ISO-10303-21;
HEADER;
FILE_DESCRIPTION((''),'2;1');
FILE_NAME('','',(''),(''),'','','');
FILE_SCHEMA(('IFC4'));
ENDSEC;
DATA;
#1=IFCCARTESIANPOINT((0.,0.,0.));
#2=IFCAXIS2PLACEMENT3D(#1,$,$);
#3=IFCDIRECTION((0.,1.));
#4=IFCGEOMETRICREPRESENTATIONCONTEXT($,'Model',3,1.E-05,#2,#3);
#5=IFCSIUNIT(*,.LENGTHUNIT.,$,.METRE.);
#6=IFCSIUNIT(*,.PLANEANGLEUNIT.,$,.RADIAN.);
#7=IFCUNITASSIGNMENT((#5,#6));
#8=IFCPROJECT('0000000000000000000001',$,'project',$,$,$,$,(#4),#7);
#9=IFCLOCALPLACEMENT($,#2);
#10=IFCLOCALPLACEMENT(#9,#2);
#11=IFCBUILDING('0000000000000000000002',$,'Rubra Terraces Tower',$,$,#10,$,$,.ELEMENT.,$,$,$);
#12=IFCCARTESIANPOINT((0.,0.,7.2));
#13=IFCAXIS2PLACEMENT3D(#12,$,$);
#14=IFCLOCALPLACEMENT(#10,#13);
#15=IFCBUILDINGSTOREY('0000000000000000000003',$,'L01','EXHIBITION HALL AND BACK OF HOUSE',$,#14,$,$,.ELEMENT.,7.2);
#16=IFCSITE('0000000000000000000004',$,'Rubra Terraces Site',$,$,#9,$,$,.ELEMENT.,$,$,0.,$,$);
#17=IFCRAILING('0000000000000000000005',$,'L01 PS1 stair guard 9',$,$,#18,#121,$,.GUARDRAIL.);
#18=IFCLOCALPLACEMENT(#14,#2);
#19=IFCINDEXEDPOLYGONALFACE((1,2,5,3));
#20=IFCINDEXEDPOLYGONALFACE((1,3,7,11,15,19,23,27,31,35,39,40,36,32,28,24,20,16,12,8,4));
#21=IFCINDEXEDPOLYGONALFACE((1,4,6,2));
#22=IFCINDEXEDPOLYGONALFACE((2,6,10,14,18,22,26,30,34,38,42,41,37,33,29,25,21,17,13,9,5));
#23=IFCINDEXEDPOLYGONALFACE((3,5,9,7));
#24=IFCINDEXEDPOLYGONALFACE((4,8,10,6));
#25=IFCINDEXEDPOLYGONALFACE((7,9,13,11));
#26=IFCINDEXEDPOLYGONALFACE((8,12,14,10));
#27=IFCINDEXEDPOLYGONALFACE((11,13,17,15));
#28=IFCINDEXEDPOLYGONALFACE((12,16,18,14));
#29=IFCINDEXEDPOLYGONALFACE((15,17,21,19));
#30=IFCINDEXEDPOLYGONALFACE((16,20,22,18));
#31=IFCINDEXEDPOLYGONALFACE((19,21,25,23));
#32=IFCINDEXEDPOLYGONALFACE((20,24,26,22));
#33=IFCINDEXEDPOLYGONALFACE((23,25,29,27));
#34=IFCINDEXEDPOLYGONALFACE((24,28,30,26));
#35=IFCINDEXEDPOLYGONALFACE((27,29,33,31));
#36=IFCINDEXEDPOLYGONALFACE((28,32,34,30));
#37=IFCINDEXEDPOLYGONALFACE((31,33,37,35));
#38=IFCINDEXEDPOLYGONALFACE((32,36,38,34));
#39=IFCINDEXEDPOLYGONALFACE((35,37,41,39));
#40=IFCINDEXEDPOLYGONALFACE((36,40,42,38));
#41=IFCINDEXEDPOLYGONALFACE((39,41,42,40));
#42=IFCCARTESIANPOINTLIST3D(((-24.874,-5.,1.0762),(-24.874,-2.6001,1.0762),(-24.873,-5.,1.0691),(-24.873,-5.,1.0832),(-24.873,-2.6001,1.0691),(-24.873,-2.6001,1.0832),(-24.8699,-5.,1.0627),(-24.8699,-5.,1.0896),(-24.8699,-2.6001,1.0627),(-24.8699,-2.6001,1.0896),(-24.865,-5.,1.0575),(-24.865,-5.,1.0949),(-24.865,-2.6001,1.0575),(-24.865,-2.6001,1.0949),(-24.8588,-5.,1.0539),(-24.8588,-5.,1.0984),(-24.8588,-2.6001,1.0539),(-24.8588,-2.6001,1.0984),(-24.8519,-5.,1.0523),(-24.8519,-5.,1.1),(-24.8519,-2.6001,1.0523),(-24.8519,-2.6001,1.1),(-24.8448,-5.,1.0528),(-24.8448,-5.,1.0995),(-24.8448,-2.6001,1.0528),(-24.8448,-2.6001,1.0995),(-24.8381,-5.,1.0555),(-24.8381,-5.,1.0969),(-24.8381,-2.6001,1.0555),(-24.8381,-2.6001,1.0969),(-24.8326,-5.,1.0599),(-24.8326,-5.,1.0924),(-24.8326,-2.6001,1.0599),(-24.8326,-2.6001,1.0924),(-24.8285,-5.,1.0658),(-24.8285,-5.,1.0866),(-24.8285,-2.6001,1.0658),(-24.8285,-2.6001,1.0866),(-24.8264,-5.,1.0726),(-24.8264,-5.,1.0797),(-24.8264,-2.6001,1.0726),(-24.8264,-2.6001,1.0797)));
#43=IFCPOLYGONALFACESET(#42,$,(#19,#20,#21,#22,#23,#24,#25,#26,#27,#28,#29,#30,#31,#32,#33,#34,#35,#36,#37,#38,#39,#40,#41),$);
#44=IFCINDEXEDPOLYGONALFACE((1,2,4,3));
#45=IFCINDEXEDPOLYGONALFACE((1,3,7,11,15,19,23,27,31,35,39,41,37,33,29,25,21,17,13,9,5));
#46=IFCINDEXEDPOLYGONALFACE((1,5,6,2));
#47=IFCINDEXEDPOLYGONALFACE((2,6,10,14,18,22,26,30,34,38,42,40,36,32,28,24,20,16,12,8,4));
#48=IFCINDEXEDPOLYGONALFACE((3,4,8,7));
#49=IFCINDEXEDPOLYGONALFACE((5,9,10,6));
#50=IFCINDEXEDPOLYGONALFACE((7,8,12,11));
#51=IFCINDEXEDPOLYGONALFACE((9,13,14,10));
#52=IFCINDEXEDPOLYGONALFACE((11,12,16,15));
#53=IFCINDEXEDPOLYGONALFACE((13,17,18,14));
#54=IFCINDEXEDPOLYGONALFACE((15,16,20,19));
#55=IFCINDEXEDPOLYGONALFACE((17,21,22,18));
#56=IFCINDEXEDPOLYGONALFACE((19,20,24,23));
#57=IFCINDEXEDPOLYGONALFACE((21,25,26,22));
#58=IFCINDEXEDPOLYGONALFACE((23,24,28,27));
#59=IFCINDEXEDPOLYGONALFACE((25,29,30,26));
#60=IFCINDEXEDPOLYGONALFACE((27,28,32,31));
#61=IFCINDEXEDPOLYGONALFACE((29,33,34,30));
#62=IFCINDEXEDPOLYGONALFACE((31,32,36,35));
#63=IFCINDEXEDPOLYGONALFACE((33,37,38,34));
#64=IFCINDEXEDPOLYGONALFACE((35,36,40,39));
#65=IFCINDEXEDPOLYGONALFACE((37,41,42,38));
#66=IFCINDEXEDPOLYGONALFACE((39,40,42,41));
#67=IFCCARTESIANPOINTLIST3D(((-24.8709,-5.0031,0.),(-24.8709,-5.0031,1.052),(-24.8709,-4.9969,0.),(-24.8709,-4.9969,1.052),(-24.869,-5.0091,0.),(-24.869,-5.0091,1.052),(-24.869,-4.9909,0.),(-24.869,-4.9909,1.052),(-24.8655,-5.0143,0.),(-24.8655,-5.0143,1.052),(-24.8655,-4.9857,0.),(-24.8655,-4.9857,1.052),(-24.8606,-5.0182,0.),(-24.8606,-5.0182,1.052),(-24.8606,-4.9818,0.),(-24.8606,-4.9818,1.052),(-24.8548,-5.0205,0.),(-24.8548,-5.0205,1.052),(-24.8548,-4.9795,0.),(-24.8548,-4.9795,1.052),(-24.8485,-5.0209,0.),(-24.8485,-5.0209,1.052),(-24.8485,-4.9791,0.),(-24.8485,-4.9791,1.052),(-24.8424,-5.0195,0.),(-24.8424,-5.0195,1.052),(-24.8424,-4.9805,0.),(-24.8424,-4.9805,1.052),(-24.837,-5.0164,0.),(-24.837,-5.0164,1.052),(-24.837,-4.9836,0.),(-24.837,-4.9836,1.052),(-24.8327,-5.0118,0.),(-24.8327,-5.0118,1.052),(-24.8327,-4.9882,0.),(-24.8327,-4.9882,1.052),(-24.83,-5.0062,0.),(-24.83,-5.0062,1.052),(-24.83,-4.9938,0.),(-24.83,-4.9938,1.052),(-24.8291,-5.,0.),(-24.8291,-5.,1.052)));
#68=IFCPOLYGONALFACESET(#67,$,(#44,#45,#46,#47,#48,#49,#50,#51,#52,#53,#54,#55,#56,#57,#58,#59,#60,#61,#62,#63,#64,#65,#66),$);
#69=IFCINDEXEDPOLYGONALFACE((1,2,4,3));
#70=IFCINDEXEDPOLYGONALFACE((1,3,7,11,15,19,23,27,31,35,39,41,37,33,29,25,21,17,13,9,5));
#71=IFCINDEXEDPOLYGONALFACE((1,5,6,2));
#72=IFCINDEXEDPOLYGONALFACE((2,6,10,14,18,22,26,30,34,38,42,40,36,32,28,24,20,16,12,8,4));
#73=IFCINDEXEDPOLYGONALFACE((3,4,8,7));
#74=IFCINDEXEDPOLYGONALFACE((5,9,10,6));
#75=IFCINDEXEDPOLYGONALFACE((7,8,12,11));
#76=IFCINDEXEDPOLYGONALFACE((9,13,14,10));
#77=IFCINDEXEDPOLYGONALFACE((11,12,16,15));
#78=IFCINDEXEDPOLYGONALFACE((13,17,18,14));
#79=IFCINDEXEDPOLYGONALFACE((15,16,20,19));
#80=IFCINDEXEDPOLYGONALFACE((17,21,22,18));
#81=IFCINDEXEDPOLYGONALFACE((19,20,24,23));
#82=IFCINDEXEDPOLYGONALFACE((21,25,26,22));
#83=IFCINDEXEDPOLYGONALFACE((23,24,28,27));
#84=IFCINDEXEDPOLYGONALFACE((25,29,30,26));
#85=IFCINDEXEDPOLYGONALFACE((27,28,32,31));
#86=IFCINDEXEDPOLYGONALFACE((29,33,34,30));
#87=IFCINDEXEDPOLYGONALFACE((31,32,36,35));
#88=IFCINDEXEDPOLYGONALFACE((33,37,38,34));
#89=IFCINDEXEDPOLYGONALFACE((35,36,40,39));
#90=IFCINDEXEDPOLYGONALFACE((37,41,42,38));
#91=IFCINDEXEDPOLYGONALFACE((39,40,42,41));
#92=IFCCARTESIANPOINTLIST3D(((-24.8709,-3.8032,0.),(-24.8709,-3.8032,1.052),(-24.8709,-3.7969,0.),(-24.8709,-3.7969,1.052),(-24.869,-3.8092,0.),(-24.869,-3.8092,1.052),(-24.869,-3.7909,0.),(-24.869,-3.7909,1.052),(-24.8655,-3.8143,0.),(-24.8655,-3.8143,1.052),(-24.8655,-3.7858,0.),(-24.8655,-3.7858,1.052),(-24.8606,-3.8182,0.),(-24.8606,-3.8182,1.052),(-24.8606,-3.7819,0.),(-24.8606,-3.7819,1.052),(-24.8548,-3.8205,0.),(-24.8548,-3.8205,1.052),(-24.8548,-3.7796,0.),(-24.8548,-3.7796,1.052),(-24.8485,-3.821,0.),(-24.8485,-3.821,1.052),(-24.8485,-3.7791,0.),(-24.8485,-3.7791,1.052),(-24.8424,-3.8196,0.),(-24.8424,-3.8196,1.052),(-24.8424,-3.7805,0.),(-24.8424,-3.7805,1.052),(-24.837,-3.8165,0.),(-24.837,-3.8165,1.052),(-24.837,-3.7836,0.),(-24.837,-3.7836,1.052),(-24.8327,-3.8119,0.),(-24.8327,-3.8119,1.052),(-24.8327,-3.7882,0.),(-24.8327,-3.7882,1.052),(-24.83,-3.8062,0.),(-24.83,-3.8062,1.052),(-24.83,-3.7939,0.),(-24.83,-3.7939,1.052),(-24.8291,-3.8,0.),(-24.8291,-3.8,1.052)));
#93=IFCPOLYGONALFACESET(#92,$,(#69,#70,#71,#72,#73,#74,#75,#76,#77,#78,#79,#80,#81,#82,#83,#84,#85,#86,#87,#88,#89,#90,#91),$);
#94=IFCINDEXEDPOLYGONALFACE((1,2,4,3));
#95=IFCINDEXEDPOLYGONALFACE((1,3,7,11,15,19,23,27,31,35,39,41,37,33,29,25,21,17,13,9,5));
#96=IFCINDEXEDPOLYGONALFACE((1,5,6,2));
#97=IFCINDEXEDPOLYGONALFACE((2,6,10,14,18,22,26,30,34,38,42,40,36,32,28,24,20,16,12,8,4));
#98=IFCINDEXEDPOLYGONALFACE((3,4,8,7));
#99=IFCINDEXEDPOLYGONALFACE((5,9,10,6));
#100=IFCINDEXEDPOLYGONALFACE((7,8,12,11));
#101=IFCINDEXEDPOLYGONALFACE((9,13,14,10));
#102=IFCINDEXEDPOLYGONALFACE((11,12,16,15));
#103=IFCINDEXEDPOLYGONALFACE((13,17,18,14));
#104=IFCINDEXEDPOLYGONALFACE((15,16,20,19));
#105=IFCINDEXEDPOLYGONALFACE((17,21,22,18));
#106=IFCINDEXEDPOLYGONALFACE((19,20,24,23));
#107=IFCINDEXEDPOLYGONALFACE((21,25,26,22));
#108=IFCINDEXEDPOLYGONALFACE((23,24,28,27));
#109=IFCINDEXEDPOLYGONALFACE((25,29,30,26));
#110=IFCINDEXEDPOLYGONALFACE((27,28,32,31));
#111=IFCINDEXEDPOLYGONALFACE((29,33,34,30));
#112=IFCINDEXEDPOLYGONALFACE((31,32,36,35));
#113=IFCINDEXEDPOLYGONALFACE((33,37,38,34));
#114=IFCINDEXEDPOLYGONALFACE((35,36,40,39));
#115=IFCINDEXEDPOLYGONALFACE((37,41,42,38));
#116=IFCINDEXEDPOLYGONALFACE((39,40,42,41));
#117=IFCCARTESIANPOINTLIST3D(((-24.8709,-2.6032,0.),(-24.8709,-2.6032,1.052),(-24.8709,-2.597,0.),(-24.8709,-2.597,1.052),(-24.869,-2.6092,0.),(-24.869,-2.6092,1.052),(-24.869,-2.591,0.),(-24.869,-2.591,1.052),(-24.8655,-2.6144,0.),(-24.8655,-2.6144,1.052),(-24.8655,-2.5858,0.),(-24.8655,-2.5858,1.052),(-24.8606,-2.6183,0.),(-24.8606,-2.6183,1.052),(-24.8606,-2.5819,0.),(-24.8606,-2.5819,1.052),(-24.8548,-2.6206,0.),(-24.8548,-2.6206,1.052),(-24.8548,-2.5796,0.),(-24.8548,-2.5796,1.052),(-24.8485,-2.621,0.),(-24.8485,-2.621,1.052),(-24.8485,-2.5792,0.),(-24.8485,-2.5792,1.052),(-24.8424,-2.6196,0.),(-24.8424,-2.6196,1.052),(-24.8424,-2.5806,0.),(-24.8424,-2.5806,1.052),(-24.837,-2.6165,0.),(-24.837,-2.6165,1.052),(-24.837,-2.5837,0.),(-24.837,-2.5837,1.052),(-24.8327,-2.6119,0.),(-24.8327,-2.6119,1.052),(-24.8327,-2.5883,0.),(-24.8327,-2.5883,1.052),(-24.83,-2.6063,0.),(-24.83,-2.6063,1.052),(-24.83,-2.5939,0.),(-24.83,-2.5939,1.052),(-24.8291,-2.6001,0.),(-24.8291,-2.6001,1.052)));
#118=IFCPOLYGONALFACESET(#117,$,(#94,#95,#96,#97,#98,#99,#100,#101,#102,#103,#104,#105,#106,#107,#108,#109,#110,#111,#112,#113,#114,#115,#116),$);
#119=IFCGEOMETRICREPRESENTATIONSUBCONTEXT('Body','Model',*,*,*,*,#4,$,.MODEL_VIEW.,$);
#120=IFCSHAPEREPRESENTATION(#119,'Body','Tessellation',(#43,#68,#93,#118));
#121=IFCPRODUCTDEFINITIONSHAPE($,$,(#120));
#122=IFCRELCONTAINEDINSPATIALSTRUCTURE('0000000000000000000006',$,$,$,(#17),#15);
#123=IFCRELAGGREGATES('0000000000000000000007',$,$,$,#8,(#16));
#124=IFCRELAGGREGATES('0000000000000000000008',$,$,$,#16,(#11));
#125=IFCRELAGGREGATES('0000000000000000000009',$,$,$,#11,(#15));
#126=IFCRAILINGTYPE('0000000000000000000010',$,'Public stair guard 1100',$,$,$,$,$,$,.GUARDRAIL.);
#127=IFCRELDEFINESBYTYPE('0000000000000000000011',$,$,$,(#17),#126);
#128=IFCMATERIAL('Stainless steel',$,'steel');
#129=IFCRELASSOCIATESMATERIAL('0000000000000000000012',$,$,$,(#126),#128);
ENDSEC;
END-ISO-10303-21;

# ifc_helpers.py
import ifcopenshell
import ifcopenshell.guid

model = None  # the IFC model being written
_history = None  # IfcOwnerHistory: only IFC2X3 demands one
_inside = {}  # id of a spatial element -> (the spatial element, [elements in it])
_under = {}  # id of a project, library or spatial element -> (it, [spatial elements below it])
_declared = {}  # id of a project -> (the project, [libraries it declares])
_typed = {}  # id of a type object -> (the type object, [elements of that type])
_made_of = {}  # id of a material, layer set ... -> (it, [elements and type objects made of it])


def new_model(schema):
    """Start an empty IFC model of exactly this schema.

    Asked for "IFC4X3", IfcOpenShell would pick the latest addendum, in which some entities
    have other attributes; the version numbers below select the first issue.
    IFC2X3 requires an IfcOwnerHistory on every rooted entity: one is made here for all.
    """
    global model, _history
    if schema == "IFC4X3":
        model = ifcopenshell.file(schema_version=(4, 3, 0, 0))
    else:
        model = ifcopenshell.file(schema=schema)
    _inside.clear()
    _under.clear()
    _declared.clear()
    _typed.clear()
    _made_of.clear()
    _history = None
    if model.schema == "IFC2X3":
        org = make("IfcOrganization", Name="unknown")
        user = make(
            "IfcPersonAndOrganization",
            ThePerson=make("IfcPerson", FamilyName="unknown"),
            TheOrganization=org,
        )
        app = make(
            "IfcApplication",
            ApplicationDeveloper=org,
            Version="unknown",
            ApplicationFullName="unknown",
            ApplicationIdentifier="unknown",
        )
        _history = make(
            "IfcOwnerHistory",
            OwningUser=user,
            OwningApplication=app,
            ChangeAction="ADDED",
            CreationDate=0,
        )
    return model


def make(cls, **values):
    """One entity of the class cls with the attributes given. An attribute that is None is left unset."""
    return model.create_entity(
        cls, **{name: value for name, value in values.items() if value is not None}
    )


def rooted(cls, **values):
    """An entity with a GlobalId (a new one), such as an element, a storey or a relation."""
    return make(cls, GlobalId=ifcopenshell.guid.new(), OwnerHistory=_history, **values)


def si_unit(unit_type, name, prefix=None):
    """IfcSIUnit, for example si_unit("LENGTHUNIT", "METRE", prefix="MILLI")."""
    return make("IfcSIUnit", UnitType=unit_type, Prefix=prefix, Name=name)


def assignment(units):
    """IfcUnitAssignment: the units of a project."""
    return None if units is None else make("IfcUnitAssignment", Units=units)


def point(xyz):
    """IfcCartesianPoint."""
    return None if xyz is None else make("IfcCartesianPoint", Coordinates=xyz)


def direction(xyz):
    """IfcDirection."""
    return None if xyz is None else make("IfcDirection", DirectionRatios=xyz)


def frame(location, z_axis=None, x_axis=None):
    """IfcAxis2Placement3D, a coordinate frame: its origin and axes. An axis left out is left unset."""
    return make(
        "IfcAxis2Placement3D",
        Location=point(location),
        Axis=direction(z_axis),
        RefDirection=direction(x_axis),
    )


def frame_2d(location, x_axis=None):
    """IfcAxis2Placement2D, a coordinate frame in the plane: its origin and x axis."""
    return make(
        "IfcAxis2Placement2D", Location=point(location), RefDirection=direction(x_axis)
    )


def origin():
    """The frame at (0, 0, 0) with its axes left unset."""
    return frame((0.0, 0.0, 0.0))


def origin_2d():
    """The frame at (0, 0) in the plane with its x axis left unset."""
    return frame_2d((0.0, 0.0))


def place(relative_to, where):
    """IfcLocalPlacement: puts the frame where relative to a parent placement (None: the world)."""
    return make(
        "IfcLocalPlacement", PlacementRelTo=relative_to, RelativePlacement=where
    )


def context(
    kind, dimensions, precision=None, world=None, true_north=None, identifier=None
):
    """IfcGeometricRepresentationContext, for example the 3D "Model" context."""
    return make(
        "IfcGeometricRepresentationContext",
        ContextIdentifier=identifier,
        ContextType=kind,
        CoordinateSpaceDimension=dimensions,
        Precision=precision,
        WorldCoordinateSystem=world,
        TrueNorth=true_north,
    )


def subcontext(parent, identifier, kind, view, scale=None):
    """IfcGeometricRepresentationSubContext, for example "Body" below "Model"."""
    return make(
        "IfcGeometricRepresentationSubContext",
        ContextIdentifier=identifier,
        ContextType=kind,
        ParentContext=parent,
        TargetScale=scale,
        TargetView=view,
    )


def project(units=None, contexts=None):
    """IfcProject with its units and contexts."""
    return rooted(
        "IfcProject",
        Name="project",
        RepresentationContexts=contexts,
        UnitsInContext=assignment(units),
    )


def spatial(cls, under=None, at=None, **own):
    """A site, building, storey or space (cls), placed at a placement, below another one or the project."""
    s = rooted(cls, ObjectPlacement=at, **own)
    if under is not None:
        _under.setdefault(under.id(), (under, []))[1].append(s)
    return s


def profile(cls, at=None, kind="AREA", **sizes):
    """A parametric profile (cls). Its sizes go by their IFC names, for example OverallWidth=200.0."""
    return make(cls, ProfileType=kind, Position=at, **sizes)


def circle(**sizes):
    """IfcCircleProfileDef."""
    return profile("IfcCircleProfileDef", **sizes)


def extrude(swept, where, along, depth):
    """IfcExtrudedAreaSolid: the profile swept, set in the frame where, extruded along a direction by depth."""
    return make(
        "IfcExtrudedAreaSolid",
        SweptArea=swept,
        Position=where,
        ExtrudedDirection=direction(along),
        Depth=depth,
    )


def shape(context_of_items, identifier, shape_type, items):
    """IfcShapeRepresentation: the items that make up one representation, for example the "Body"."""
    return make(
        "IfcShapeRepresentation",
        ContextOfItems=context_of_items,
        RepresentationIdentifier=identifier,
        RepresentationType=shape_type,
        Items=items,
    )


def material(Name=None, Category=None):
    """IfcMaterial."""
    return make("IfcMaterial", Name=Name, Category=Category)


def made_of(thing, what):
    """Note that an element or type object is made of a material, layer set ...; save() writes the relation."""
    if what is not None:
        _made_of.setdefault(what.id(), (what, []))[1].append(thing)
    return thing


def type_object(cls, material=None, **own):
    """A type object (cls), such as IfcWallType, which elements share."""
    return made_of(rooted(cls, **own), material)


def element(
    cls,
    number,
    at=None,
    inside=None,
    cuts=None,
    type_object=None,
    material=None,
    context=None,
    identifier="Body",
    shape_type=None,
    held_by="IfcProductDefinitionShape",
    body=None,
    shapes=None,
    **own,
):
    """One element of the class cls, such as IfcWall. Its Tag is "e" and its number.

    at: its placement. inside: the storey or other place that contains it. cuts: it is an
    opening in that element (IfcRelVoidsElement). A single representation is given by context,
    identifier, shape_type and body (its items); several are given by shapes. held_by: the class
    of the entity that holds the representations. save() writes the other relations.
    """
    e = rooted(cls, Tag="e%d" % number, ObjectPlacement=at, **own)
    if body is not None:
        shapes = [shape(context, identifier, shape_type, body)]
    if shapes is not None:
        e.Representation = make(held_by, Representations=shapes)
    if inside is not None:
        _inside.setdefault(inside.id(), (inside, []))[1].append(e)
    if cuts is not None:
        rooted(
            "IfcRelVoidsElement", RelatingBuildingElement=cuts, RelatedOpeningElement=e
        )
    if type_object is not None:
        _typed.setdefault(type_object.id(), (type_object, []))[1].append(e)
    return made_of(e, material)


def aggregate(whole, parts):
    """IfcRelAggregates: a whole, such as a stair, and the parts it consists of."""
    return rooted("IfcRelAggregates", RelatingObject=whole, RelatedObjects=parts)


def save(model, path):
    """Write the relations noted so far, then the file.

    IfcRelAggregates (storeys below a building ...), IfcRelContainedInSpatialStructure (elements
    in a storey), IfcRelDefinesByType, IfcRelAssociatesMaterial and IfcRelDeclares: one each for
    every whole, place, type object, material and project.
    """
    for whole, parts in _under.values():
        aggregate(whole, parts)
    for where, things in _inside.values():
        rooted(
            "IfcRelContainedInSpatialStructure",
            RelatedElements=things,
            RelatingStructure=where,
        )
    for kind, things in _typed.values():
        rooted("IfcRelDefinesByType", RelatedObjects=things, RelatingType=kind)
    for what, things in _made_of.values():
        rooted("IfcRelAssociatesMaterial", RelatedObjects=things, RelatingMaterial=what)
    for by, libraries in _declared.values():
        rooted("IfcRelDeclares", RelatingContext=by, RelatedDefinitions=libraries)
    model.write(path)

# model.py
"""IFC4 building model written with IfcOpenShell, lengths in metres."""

from ifc_helpers import new_model, si_unit, direction, frame, origin, origin_2d, place, context, subcontext, project, spatial, circle, extrude, material, type_object, element, save


model = new_model("IFC4")

# Units and contexts
model_context = context("Model", 3, precision=1e-05, world=origin(), true_north=direction((0.0, 1.0)))
body_context = subcontext(model_context, "Body", "Model", "MODEL_VIEW")
ifc_project = project(units=[si_unit("LENGTHUNIT", "METRE"), si_unit("PLANEANGLEUNIT", "RADIAN")], contexts=[model_context])

# Site, building, storey
site_placement = place(None, origin())
site = spatial("IfcSite", under=ifc_project, at=site_placement, Name="Rubra Terraces Site", CompositionType="ELEMENT", RefElevation=0.0)
building_placement = place(site_placement, origin())
building = spatial("IfcBuilding", under=site, at=building_placement, Name="Rubra Terraces Tower", CompositionType="ELEMENT")
storey_placement = place(building_placement, frame((0.0, 0.0, 7.2)))
storey = spatial("IfcBuildingStorey", under=building, at=storey_placement, Name="L01", Description="EXHIBITION HALL AND BACK OF HOUSE", CompositionType="ELEMENT", Elevation=7.2)

# Railing
ifc_material_1 = material(Name="Stainless steel", Category="steel")
railing_type = type_object("IfcRailingType", Name="Public stair guard 1100", PredefinedType="GUARDRAIL", material=ifc_material_1)
railing_placement = place(storey_placement, frame((-24.8501, -5.0, 0.0)))
element("IfcRailing", 1, at=railing_placement, inside=storey, type_object=railing_type, Name="L01 PS1 stair guard 9", PredefinedType="GUARDRAIL", context=body_context, shape_type="SweptSolid", body=[
    extrude(circle(Radius=0.0239, at=origin_2d()), frame((0.0, 0.0, 1.0762), z_axis=(0.0, 1.0, 0.0), x_axis=(-1.0, 0.0, 0.0)), (0.0, 0.0, 1.0), 2.3999),
    extrude(circle(Radius=0.021, at=origin_2d()), origin(), (0.0, 0.0, 1.0), 1.052),
    extrude(circle(Radius=0.021, at=origin_2d()), frame((0.0, 1.2, 0.0)), (0.0, 0.0, 1.0), 1.052),
    extrude(circle(Radius=0.021, at=origin_2d()), frame((0.0, 2.3999, 0.0)), (0.0, 0.0, 1.0), 1.052),
])

save(model, "model.ifc")
